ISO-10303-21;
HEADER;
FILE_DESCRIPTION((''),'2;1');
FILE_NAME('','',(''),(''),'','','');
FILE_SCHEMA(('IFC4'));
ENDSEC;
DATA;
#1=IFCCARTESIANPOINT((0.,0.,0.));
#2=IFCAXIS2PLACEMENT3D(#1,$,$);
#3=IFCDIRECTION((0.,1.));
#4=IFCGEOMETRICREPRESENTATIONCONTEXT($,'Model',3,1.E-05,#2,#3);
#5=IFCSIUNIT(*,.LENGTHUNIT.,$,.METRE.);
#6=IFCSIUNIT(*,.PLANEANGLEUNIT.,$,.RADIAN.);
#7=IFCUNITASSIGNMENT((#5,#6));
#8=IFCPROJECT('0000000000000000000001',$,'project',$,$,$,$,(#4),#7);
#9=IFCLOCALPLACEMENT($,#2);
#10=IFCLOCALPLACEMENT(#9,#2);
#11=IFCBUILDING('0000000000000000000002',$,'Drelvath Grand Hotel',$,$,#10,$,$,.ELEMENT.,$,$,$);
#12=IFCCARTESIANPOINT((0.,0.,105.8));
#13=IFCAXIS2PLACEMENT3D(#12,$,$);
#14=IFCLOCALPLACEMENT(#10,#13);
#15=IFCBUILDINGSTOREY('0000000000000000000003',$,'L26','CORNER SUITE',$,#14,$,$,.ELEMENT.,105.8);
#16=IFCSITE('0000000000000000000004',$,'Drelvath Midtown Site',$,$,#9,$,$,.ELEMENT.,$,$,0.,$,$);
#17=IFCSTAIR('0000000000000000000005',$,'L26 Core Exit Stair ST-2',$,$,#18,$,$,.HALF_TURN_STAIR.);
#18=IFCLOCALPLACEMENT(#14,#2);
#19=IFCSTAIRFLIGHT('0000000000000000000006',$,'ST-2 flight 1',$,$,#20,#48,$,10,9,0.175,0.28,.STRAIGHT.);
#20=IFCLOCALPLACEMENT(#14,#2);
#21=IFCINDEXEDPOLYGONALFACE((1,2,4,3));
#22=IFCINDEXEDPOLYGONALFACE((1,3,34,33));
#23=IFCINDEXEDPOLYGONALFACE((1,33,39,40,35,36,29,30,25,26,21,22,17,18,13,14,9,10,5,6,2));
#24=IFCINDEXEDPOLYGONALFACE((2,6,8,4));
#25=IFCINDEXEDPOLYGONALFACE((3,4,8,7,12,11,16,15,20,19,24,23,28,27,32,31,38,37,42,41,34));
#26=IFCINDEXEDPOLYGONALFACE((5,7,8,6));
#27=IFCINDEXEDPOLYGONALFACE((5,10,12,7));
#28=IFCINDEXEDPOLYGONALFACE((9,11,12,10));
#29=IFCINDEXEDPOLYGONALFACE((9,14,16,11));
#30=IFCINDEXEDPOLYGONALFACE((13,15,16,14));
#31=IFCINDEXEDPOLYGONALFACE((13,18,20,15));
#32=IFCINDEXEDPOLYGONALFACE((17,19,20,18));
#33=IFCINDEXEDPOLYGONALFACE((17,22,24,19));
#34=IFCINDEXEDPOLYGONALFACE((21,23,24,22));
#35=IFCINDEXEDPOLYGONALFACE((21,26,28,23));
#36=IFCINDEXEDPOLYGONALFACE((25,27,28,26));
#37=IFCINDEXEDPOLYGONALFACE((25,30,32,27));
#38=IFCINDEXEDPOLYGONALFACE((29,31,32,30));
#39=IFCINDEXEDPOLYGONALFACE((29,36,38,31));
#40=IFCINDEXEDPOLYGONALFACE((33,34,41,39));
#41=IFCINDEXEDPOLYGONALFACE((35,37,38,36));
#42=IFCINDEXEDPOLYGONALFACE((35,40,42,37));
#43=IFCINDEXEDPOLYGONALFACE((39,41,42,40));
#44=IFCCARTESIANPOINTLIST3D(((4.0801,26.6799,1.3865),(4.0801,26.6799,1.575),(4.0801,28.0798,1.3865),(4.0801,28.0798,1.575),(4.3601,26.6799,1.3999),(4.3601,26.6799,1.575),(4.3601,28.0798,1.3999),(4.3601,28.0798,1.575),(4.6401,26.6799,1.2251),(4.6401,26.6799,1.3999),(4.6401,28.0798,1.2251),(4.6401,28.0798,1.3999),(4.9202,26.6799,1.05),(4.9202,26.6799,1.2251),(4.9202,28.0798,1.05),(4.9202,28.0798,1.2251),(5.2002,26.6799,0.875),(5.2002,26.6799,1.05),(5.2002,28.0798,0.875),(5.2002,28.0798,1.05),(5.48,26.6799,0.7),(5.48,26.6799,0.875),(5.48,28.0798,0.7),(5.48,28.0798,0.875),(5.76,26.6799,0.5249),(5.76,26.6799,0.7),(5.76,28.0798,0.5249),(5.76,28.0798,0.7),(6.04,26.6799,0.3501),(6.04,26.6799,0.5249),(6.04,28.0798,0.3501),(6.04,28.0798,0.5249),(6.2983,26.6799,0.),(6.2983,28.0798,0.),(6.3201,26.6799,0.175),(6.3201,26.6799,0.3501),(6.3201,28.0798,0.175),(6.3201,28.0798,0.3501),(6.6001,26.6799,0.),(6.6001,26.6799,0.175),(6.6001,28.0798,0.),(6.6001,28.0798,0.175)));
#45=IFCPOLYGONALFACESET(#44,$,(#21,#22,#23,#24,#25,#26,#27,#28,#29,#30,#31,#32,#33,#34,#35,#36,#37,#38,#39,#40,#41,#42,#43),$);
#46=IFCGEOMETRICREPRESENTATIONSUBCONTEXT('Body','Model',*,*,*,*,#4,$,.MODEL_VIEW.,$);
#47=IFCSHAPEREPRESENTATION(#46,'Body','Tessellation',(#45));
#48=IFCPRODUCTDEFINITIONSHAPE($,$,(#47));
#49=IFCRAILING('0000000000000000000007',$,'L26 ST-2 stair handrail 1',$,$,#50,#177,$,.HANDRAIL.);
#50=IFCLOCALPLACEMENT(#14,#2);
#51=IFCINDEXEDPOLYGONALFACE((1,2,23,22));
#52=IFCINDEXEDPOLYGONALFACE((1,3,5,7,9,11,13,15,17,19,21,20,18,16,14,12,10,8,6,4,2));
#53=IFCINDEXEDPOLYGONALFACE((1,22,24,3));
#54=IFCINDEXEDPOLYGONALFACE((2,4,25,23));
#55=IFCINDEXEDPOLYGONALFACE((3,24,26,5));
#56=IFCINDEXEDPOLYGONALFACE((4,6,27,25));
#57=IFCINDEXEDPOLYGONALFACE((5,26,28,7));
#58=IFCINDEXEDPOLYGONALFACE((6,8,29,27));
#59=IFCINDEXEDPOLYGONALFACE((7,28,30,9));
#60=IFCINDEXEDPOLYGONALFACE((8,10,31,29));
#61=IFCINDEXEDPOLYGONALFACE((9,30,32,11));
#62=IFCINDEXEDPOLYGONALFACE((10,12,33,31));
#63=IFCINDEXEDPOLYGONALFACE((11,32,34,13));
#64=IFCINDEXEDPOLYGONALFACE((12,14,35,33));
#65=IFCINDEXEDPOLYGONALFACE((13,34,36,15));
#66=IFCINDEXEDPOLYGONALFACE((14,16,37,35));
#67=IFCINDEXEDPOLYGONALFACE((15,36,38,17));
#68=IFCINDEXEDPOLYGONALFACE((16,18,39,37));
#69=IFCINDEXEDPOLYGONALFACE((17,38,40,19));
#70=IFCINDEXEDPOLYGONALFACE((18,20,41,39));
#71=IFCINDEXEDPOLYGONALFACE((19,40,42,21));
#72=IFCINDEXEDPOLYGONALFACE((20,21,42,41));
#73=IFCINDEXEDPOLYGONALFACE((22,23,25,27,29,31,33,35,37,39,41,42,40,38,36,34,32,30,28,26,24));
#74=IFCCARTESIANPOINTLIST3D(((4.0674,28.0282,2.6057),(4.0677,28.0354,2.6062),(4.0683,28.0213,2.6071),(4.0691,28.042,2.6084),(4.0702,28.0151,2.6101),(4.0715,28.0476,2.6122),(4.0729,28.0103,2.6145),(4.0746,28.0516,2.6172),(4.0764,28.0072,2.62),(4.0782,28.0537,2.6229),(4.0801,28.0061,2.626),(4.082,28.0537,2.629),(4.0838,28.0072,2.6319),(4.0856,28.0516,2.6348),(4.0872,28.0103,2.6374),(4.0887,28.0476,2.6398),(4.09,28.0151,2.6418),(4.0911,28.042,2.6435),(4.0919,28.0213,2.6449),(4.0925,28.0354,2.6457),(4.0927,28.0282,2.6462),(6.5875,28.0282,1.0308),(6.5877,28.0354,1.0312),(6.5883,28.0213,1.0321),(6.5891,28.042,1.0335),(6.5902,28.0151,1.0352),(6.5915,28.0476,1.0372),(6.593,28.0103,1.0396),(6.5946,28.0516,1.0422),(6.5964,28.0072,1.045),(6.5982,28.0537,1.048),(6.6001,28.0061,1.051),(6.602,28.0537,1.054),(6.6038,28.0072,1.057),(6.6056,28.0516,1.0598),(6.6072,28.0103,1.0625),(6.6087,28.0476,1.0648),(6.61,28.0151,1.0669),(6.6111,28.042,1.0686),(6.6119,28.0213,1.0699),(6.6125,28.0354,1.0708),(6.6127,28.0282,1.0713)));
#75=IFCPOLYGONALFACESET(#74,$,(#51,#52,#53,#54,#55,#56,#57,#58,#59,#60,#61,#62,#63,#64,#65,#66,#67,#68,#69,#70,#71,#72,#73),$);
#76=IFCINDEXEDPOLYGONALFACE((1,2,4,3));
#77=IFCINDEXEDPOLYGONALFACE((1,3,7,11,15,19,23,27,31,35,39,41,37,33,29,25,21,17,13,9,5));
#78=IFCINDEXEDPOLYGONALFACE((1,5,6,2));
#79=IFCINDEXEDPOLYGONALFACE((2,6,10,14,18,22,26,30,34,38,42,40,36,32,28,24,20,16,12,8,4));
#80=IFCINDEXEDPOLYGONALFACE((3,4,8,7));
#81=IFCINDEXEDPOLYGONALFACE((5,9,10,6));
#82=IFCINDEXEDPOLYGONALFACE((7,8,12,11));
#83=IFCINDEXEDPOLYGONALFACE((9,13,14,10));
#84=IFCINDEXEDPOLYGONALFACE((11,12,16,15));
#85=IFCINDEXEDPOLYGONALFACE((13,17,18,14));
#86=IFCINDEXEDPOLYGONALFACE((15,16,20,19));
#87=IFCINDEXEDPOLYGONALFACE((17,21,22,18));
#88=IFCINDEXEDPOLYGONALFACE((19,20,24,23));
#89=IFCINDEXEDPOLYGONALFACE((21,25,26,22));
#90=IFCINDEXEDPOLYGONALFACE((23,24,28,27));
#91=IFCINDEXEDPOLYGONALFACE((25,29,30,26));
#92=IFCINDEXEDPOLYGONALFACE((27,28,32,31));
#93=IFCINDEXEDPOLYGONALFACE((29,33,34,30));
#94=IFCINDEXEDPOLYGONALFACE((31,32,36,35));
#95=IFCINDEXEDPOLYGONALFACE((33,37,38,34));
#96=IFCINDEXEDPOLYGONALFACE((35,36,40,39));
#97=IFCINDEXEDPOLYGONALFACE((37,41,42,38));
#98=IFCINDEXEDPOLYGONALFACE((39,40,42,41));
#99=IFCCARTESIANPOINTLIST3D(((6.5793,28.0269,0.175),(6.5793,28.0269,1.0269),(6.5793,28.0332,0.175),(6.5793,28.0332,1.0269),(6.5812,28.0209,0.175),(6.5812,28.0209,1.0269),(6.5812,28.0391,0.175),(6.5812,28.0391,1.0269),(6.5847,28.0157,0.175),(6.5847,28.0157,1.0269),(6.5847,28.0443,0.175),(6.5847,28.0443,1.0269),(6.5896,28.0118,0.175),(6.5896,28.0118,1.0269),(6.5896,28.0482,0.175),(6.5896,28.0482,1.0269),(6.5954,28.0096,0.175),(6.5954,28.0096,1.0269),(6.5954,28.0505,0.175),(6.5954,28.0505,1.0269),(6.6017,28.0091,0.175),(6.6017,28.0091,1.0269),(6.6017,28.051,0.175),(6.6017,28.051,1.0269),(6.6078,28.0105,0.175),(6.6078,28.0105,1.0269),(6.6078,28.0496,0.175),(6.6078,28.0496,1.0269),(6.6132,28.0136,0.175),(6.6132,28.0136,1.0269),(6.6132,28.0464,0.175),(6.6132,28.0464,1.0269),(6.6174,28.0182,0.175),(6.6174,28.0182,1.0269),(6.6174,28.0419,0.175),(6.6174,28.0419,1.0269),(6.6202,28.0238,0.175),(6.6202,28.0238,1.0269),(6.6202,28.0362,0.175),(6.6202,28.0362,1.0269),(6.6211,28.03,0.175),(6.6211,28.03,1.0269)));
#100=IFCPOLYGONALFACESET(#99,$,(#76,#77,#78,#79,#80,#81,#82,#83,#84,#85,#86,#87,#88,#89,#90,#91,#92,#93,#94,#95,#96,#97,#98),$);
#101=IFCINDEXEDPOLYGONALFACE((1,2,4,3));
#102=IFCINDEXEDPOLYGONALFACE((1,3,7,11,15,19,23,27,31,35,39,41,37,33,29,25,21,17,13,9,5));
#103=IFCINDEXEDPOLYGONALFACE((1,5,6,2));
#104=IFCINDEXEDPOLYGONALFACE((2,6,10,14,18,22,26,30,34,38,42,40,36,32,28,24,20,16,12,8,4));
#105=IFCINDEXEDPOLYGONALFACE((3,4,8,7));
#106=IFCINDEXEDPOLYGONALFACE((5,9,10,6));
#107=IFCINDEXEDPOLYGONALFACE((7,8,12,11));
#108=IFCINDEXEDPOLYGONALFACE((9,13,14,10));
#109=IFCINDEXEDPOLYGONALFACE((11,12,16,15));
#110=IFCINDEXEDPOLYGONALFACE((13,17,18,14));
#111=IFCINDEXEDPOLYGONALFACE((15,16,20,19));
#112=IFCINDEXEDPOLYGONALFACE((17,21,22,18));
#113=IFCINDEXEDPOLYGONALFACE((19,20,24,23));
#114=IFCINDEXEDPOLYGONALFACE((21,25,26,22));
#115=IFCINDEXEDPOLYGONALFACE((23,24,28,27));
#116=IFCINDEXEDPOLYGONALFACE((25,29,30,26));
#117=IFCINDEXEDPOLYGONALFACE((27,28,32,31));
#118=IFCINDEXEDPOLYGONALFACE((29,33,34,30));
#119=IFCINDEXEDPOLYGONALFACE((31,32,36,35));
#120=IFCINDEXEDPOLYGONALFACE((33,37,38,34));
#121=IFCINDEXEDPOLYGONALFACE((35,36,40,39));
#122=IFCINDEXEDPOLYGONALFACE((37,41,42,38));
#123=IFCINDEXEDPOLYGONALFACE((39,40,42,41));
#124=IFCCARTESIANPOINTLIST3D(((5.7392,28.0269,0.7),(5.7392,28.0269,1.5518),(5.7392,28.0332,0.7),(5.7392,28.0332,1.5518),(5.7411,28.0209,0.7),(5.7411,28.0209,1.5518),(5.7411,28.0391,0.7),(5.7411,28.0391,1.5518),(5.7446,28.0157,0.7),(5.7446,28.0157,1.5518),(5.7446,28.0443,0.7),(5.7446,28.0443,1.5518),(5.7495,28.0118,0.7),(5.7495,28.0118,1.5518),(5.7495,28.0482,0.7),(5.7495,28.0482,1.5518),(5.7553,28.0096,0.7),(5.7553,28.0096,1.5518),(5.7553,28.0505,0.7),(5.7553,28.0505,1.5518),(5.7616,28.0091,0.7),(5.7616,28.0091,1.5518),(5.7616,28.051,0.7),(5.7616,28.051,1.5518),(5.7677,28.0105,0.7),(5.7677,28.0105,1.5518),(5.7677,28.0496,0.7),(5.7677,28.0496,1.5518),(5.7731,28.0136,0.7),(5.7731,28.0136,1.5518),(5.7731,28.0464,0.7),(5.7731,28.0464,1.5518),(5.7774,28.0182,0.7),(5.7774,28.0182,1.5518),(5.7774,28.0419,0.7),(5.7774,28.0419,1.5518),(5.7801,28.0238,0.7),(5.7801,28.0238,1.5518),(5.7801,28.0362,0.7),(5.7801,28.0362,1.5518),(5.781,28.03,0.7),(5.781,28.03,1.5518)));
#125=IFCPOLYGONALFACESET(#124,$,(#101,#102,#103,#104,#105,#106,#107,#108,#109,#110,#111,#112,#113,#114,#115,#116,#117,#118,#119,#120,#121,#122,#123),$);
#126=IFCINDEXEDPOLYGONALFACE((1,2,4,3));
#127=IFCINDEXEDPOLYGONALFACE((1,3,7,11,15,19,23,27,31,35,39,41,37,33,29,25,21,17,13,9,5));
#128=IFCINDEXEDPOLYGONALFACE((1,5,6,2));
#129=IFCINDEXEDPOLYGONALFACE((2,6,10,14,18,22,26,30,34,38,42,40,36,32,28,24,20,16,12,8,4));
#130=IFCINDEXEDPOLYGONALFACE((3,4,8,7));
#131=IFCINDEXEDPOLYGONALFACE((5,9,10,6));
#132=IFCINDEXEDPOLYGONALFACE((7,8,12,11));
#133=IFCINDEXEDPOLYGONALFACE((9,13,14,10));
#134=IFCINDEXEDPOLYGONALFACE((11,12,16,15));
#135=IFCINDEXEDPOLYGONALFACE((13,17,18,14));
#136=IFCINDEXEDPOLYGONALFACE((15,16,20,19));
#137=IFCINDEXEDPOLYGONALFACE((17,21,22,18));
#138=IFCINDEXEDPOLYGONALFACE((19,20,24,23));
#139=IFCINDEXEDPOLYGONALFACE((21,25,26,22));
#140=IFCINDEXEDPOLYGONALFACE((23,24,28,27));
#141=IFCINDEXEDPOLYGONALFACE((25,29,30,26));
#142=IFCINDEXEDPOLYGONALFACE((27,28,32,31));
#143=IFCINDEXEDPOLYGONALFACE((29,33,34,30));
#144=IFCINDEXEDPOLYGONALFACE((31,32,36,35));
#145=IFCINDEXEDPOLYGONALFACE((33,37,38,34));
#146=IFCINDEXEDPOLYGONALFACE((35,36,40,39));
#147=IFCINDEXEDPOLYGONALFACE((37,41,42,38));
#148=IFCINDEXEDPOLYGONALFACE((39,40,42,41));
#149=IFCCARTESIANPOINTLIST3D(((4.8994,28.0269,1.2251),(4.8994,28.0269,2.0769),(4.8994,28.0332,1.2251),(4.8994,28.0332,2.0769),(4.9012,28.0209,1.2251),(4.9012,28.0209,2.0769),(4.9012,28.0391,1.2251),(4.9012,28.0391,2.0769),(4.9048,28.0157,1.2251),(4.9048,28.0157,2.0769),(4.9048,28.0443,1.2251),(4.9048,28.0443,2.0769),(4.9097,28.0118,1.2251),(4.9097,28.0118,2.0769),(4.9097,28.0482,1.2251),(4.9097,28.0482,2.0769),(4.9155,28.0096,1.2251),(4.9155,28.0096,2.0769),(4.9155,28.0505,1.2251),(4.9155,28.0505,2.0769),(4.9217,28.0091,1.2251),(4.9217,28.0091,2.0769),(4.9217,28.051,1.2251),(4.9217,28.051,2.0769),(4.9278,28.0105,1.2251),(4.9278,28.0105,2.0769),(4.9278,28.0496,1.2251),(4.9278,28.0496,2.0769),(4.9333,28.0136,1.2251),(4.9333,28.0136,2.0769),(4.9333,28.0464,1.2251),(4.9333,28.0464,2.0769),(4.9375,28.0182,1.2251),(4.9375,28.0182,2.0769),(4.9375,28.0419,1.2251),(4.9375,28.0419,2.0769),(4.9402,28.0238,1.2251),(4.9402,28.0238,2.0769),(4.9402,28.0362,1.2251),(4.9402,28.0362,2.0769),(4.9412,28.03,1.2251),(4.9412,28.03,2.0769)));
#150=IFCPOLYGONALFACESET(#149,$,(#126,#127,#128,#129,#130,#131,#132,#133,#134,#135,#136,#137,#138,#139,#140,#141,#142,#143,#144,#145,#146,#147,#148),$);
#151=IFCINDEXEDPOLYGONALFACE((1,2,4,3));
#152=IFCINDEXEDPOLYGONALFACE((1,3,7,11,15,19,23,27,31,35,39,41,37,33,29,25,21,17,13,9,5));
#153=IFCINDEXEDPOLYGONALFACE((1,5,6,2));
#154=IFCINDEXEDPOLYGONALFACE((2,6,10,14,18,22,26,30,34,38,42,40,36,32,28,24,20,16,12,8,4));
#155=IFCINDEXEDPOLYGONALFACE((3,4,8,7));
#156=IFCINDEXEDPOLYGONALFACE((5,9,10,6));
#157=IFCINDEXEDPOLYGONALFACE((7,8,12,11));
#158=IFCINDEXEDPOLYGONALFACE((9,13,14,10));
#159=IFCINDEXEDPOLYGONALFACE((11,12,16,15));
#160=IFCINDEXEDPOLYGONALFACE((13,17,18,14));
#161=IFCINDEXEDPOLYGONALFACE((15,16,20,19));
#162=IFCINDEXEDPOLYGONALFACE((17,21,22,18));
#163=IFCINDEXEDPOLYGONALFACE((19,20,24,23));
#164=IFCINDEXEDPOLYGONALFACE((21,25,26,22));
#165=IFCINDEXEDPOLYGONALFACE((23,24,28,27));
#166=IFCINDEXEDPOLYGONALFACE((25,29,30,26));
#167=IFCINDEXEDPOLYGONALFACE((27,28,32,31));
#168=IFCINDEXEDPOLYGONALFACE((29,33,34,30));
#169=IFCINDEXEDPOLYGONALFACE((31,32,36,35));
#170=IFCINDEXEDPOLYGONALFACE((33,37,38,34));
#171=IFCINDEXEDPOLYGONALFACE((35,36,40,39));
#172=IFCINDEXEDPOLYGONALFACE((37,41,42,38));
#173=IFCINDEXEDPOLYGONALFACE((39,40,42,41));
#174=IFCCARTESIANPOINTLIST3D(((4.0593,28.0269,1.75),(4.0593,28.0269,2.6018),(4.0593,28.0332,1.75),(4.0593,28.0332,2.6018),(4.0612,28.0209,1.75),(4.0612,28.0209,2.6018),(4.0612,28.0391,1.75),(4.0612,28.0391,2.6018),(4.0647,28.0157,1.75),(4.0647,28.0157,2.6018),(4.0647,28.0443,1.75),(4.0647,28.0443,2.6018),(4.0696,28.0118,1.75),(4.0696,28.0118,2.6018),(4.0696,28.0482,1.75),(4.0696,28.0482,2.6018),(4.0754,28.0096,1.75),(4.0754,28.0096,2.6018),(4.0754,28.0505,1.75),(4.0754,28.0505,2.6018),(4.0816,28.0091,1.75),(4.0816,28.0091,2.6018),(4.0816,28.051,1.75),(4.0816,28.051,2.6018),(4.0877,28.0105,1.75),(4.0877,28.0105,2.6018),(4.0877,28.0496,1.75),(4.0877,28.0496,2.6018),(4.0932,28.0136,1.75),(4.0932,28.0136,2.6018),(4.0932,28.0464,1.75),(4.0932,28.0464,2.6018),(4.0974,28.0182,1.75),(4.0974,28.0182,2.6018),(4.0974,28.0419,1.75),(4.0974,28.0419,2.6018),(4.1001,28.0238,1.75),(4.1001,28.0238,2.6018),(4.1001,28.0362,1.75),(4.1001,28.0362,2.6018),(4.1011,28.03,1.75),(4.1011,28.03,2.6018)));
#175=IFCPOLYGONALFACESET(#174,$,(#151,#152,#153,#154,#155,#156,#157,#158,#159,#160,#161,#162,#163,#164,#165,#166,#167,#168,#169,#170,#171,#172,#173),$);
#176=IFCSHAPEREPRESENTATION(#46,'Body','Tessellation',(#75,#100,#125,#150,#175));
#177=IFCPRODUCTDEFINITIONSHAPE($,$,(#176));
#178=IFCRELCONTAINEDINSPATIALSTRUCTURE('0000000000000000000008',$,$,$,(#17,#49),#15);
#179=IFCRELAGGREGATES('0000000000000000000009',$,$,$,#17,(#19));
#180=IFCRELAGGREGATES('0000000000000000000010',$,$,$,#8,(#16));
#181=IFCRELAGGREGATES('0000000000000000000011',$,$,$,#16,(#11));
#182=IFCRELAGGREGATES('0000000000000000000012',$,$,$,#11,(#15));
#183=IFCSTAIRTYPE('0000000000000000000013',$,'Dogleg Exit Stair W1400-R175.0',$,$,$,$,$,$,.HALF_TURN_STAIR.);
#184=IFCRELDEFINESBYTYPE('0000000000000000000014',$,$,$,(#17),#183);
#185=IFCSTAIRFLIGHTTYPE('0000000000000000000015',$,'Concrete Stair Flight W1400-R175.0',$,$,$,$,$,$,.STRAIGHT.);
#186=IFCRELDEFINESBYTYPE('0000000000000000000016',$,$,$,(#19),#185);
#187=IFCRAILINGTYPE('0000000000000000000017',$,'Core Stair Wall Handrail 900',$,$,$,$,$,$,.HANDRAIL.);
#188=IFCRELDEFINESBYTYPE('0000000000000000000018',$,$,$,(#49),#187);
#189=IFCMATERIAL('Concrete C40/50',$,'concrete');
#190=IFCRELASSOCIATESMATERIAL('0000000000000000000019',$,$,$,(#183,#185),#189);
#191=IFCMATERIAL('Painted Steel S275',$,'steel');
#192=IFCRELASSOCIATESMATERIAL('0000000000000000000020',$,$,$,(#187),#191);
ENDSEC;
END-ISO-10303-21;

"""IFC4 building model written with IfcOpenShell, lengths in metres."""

from ifc_helpers import new_model, si_unit, direction, frame, origin, origin_2d, place, context, subcontext, project, spatial, polyline, circle, outline, extrude, material, type_object, element, aggregate, save


model = new_model("IFC4")

# Units and contexts
model_context = context("Model", 3, precision=1e-05, world=origin(), true_north=direction((0.0, 1.0)))
body_context = subcontext(model_context, "Body", "Model", "MODEL_VIEW")
ifc_project = project(units=[si_unit("LENGTHUNIT", "METRE"), si_unit("PLANEANGLEUNIT", "RADIAN")], contexts=[model_context])

# Site, building, storey
site_placement = place(None, origin())
site = spatial("IfcSite", under=ifc_project, at=site_placement, Name="Drelvath Midtown Site", CompositionType="ELEMENT", RefElevation=0.0)
building_placement = place(site_placement, origin())
building = spatial("IfcBuilding", under=site, at=building_placement, Name="Drelvath Grand Hotel", CompositionType="ELEMENT")
storey_placement = place(building_placement, frame((0.0, 0.0, 105.8)))
storey = spatial("IfcBuildingStorey", under=building, at=storey_placement, Name="L26", Description="CORNER SUITE", CompositionType="ELEMENT", Elevation=105.8)

# Shared definitions
ifc_material_1 = material(Name="Concrete C40/50", Category="concrete")

# Shared definitions
ifc_material_2 = material(Name="Painted Steel S275", Category="steel")

# Stair, stair flight
stair_type = type_object("IfcStairType", Name="Dogleg Exit Stair W1400-R175.0", PredefinedType="HALF_TURN_STAIR", material=ifc_material_1)
stair_placement = place(storey_placement, origin())
stair = element("IfcStair", 1, at=stair_placement, inside=storey, type_object=stair_type, Name="L26 Core Exit Stair ST-2", PredefinedType="HALF_TURN_STAIR")
stair_flight_type = type_object("IfcStairFlightType", Name="Concrete Stair Flight W1400-R175.0", PredefinedType="STRAIGHT", material=ifc_material_1)
stair_flight_placement = place(storey_placement, frame((6.6001, 27.3799, 0.0), z_axis=(0.0, 0.0, 1.0), x_axis=(-1.0, 0.0, 0.0)))
stair_flight = element("IfcStairFlight", 2, at=stair_flight_placement, type_object=stair_flight_type, Name="ST-2 flight 1", NumberOfRisers=10, NumberOfTreads=9, PredefinedType="STRAIGHT", RiserHeight=0.175, TreadLength=0.28, context=body_context, shape_type="SweptSolid", body=[
    extrude(outline(polyline([(0.0, 0.0), (0.0, 0.175), (0.28, 0.175), (0.28, 0.3501), (0.5601, 0.3501), (0.5601, 0.5249), (0.8401, 0.5249), (0.8401, 0.7), (1.1201, 0.7), (1.1201, 0.875), (1.3999, 0.875), (1.3999, 1.05), (1.6799, 1.05), (1.6799, 1.2251), (1.96, 1.2251), (1.96, 1.3999), (2.24, 1.3999), (2.24, 1.575), (2.52, 1.575), (2.52, 1.75), (2.52, 1.3865), (0.3018, 0.0), (0.0, 0.0)])), frame((0.0, 0.7, 0.0), z_axis=(0.0, -1.0, 0.0), x_axis=(1.0, 0.0, 0.0)), (0.0, 0.0, 1.0), 1.3999),
])
aggregate(stair, [stair_flight])

# Railing
railing_type_1 = type_object("IfcRailingType", Name="Core Stair Wall Handrail 900", PredefinedType="HANDRAIL", material=ifc_material_2)
railing_1_placement = place(storey_placement, frame((6.6001, 28.03, 0.175)))
element("IfcRailing", 3, at=railing_1_placement, inside=storey, type_object=railing_type_1, Name="L26 ST-2 stair handrail 1", PredefinedType="HANDRAIL", context=body_context, shape_type="SweptSolid", body=[
    extrude(circle(Radius=0.0239, at=origin_2d()), frame((0.0, 0.0, 0.876), z_axis=(-0.848008, 0.0, 0.529984), x_axis=(0.0, -1.0, 0.0)), (0.0, 0.0, 1.0), 2.9717),
    extrude(circle(Radius=0.021, at=origin_2d()), origin(), (0.0, 0.0, 1.0), 0.8518),
    extrude(circle(Radius=0.021, at=origin_2d()), frame((-0.8401, 0.0, 0.5249)), (0.0, 0.0, 1.0), 0.8518),
    extrude(circle(Radius=0.021, at=origin_2d()), frame((-1.6799, 0.0, 1.05)), (0.0, 0.0, 1.0), 0.8518),
    extrude(circle(Radius=0.021, at=origin_2d()), frame((-2.52, 0.0, 1.575)), (0.0, 0.0, 1.0), 0.8518),
])

save(model, "model.ifc")
